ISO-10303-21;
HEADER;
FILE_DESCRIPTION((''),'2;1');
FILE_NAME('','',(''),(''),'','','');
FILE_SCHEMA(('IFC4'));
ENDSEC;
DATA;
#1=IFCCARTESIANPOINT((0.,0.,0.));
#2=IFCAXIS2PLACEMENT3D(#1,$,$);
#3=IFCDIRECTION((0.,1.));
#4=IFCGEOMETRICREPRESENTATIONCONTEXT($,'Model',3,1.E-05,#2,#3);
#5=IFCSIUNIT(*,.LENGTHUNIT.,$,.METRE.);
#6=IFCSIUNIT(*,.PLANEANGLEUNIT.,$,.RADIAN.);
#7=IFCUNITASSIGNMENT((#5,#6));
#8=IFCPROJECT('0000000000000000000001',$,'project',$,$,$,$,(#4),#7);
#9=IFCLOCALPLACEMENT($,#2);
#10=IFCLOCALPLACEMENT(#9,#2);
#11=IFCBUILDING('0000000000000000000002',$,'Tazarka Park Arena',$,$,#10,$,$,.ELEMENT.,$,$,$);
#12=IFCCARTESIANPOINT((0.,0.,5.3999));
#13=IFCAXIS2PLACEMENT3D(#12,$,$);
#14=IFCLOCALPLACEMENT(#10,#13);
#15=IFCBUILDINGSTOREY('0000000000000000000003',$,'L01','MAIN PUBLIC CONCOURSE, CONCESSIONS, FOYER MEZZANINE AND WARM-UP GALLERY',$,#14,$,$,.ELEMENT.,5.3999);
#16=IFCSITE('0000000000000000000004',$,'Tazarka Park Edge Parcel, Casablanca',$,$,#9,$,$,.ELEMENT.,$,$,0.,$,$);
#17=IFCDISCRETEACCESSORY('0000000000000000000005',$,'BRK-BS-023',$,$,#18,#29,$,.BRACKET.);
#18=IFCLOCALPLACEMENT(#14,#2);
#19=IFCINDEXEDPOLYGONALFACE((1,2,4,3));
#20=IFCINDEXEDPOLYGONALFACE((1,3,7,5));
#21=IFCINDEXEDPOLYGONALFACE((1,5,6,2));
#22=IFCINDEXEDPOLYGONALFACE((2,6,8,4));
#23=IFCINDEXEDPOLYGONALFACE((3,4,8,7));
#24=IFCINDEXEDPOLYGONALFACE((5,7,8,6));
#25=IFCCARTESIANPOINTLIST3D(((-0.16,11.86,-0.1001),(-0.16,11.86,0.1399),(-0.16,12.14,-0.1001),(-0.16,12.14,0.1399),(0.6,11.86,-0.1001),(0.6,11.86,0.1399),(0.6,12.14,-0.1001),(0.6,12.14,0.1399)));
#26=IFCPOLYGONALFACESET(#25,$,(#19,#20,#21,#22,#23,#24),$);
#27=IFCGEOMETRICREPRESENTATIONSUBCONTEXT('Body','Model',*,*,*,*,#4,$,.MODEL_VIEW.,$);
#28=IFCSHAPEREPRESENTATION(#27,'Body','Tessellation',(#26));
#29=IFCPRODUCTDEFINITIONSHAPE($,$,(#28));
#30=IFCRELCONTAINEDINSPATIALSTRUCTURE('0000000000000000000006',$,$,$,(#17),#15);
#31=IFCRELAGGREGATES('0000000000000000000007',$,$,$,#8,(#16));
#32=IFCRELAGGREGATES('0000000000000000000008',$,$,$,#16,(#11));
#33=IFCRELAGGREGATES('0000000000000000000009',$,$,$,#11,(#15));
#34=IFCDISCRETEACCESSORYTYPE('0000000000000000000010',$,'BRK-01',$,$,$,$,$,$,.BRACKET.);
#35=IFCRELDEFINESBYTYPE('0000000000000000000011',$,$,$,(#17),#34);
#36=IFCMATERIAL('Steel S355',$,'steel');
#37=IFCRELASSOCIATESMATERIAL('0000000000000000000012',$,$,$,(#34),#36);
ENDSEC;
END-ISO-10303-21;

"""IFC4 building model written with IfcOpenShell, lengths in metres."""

from ifc_helpers import new_model, si_unit, direction, frame, origin, origin_2d, place, context, subcontext, project, spatial, rectangle, extrude, material, type_object, element, save


model = new_model("IFC4")

# Units and contexts
model_context = context("Model", 3, precision=1e-05, world=origin(), true_north=direction((0.0, 1.0)))
body_context = subcontext(model_context, "Body", "Model", "MODEL_VIEW")
ifc_project = project(units=[si_unit("LENGTHUNIT", "METRE"), si_unit("PLANEANGLEUNIT", "RADIAN")], contexts=[model_context])

# Site, building, storey
site_placement = place(None, origin())
site = spatial("IfcSite", under=ifc_project, at=site_placement, Name="Tazarka Park Edge Parcel, Casablanca", CompositionType="ELEMENT", RefElevation=0.0)
building_placement = place(site_placement, origin())
building = spatial("IfcBuilding", under=site, at=building_placement, Name="Tazarka Park Arena", CompositionType="ELEMENT")
storey_placement = place(building_placement, frame((0.0, 0.0, 5.3999)))
storey = spatial("IfcBuildingStorey", under=building, at=storey_placement, Name="L01", Description="MAIN PUBLIC CONCOURSE, CONCESSIONS, FOYER MEZZANINE AND WARM-UP GALLERY", CompositionType="ELEMENT", Elevation=5.3999)

# Discrete accessory
ifc_material_1 = material(Name="Steel S355", Category="steel")
discrete_accessory_type = type_object("IfcDiscreteAccessoryType", Name="BRK-01", PredefinedType="BRACKET", material=ifc_material_1)
discrete_accessory_placement = place(storey_placement, frame((0.22, 12.0, -0.1001), z_axis=(0.0, 0.0, 1.0), x_axis=(0.0, 1.0, 0.0)))
element("IfcDiscreteAccessory", 1, at=discrete_accessory_placement, inside=storey, type_object=discrete_accessory_type, Name="BRK-BS-023", PredefinedType="BRACKET", context=body_context, shape_type="SweptSolid", body=[
    extrude(rectangle(XDim=0.28, YDim=0.76, at=origin_2d()), origin(), (0.0, 0.0, 1.0), 0.24),
])

save(model, "model.ifc")
